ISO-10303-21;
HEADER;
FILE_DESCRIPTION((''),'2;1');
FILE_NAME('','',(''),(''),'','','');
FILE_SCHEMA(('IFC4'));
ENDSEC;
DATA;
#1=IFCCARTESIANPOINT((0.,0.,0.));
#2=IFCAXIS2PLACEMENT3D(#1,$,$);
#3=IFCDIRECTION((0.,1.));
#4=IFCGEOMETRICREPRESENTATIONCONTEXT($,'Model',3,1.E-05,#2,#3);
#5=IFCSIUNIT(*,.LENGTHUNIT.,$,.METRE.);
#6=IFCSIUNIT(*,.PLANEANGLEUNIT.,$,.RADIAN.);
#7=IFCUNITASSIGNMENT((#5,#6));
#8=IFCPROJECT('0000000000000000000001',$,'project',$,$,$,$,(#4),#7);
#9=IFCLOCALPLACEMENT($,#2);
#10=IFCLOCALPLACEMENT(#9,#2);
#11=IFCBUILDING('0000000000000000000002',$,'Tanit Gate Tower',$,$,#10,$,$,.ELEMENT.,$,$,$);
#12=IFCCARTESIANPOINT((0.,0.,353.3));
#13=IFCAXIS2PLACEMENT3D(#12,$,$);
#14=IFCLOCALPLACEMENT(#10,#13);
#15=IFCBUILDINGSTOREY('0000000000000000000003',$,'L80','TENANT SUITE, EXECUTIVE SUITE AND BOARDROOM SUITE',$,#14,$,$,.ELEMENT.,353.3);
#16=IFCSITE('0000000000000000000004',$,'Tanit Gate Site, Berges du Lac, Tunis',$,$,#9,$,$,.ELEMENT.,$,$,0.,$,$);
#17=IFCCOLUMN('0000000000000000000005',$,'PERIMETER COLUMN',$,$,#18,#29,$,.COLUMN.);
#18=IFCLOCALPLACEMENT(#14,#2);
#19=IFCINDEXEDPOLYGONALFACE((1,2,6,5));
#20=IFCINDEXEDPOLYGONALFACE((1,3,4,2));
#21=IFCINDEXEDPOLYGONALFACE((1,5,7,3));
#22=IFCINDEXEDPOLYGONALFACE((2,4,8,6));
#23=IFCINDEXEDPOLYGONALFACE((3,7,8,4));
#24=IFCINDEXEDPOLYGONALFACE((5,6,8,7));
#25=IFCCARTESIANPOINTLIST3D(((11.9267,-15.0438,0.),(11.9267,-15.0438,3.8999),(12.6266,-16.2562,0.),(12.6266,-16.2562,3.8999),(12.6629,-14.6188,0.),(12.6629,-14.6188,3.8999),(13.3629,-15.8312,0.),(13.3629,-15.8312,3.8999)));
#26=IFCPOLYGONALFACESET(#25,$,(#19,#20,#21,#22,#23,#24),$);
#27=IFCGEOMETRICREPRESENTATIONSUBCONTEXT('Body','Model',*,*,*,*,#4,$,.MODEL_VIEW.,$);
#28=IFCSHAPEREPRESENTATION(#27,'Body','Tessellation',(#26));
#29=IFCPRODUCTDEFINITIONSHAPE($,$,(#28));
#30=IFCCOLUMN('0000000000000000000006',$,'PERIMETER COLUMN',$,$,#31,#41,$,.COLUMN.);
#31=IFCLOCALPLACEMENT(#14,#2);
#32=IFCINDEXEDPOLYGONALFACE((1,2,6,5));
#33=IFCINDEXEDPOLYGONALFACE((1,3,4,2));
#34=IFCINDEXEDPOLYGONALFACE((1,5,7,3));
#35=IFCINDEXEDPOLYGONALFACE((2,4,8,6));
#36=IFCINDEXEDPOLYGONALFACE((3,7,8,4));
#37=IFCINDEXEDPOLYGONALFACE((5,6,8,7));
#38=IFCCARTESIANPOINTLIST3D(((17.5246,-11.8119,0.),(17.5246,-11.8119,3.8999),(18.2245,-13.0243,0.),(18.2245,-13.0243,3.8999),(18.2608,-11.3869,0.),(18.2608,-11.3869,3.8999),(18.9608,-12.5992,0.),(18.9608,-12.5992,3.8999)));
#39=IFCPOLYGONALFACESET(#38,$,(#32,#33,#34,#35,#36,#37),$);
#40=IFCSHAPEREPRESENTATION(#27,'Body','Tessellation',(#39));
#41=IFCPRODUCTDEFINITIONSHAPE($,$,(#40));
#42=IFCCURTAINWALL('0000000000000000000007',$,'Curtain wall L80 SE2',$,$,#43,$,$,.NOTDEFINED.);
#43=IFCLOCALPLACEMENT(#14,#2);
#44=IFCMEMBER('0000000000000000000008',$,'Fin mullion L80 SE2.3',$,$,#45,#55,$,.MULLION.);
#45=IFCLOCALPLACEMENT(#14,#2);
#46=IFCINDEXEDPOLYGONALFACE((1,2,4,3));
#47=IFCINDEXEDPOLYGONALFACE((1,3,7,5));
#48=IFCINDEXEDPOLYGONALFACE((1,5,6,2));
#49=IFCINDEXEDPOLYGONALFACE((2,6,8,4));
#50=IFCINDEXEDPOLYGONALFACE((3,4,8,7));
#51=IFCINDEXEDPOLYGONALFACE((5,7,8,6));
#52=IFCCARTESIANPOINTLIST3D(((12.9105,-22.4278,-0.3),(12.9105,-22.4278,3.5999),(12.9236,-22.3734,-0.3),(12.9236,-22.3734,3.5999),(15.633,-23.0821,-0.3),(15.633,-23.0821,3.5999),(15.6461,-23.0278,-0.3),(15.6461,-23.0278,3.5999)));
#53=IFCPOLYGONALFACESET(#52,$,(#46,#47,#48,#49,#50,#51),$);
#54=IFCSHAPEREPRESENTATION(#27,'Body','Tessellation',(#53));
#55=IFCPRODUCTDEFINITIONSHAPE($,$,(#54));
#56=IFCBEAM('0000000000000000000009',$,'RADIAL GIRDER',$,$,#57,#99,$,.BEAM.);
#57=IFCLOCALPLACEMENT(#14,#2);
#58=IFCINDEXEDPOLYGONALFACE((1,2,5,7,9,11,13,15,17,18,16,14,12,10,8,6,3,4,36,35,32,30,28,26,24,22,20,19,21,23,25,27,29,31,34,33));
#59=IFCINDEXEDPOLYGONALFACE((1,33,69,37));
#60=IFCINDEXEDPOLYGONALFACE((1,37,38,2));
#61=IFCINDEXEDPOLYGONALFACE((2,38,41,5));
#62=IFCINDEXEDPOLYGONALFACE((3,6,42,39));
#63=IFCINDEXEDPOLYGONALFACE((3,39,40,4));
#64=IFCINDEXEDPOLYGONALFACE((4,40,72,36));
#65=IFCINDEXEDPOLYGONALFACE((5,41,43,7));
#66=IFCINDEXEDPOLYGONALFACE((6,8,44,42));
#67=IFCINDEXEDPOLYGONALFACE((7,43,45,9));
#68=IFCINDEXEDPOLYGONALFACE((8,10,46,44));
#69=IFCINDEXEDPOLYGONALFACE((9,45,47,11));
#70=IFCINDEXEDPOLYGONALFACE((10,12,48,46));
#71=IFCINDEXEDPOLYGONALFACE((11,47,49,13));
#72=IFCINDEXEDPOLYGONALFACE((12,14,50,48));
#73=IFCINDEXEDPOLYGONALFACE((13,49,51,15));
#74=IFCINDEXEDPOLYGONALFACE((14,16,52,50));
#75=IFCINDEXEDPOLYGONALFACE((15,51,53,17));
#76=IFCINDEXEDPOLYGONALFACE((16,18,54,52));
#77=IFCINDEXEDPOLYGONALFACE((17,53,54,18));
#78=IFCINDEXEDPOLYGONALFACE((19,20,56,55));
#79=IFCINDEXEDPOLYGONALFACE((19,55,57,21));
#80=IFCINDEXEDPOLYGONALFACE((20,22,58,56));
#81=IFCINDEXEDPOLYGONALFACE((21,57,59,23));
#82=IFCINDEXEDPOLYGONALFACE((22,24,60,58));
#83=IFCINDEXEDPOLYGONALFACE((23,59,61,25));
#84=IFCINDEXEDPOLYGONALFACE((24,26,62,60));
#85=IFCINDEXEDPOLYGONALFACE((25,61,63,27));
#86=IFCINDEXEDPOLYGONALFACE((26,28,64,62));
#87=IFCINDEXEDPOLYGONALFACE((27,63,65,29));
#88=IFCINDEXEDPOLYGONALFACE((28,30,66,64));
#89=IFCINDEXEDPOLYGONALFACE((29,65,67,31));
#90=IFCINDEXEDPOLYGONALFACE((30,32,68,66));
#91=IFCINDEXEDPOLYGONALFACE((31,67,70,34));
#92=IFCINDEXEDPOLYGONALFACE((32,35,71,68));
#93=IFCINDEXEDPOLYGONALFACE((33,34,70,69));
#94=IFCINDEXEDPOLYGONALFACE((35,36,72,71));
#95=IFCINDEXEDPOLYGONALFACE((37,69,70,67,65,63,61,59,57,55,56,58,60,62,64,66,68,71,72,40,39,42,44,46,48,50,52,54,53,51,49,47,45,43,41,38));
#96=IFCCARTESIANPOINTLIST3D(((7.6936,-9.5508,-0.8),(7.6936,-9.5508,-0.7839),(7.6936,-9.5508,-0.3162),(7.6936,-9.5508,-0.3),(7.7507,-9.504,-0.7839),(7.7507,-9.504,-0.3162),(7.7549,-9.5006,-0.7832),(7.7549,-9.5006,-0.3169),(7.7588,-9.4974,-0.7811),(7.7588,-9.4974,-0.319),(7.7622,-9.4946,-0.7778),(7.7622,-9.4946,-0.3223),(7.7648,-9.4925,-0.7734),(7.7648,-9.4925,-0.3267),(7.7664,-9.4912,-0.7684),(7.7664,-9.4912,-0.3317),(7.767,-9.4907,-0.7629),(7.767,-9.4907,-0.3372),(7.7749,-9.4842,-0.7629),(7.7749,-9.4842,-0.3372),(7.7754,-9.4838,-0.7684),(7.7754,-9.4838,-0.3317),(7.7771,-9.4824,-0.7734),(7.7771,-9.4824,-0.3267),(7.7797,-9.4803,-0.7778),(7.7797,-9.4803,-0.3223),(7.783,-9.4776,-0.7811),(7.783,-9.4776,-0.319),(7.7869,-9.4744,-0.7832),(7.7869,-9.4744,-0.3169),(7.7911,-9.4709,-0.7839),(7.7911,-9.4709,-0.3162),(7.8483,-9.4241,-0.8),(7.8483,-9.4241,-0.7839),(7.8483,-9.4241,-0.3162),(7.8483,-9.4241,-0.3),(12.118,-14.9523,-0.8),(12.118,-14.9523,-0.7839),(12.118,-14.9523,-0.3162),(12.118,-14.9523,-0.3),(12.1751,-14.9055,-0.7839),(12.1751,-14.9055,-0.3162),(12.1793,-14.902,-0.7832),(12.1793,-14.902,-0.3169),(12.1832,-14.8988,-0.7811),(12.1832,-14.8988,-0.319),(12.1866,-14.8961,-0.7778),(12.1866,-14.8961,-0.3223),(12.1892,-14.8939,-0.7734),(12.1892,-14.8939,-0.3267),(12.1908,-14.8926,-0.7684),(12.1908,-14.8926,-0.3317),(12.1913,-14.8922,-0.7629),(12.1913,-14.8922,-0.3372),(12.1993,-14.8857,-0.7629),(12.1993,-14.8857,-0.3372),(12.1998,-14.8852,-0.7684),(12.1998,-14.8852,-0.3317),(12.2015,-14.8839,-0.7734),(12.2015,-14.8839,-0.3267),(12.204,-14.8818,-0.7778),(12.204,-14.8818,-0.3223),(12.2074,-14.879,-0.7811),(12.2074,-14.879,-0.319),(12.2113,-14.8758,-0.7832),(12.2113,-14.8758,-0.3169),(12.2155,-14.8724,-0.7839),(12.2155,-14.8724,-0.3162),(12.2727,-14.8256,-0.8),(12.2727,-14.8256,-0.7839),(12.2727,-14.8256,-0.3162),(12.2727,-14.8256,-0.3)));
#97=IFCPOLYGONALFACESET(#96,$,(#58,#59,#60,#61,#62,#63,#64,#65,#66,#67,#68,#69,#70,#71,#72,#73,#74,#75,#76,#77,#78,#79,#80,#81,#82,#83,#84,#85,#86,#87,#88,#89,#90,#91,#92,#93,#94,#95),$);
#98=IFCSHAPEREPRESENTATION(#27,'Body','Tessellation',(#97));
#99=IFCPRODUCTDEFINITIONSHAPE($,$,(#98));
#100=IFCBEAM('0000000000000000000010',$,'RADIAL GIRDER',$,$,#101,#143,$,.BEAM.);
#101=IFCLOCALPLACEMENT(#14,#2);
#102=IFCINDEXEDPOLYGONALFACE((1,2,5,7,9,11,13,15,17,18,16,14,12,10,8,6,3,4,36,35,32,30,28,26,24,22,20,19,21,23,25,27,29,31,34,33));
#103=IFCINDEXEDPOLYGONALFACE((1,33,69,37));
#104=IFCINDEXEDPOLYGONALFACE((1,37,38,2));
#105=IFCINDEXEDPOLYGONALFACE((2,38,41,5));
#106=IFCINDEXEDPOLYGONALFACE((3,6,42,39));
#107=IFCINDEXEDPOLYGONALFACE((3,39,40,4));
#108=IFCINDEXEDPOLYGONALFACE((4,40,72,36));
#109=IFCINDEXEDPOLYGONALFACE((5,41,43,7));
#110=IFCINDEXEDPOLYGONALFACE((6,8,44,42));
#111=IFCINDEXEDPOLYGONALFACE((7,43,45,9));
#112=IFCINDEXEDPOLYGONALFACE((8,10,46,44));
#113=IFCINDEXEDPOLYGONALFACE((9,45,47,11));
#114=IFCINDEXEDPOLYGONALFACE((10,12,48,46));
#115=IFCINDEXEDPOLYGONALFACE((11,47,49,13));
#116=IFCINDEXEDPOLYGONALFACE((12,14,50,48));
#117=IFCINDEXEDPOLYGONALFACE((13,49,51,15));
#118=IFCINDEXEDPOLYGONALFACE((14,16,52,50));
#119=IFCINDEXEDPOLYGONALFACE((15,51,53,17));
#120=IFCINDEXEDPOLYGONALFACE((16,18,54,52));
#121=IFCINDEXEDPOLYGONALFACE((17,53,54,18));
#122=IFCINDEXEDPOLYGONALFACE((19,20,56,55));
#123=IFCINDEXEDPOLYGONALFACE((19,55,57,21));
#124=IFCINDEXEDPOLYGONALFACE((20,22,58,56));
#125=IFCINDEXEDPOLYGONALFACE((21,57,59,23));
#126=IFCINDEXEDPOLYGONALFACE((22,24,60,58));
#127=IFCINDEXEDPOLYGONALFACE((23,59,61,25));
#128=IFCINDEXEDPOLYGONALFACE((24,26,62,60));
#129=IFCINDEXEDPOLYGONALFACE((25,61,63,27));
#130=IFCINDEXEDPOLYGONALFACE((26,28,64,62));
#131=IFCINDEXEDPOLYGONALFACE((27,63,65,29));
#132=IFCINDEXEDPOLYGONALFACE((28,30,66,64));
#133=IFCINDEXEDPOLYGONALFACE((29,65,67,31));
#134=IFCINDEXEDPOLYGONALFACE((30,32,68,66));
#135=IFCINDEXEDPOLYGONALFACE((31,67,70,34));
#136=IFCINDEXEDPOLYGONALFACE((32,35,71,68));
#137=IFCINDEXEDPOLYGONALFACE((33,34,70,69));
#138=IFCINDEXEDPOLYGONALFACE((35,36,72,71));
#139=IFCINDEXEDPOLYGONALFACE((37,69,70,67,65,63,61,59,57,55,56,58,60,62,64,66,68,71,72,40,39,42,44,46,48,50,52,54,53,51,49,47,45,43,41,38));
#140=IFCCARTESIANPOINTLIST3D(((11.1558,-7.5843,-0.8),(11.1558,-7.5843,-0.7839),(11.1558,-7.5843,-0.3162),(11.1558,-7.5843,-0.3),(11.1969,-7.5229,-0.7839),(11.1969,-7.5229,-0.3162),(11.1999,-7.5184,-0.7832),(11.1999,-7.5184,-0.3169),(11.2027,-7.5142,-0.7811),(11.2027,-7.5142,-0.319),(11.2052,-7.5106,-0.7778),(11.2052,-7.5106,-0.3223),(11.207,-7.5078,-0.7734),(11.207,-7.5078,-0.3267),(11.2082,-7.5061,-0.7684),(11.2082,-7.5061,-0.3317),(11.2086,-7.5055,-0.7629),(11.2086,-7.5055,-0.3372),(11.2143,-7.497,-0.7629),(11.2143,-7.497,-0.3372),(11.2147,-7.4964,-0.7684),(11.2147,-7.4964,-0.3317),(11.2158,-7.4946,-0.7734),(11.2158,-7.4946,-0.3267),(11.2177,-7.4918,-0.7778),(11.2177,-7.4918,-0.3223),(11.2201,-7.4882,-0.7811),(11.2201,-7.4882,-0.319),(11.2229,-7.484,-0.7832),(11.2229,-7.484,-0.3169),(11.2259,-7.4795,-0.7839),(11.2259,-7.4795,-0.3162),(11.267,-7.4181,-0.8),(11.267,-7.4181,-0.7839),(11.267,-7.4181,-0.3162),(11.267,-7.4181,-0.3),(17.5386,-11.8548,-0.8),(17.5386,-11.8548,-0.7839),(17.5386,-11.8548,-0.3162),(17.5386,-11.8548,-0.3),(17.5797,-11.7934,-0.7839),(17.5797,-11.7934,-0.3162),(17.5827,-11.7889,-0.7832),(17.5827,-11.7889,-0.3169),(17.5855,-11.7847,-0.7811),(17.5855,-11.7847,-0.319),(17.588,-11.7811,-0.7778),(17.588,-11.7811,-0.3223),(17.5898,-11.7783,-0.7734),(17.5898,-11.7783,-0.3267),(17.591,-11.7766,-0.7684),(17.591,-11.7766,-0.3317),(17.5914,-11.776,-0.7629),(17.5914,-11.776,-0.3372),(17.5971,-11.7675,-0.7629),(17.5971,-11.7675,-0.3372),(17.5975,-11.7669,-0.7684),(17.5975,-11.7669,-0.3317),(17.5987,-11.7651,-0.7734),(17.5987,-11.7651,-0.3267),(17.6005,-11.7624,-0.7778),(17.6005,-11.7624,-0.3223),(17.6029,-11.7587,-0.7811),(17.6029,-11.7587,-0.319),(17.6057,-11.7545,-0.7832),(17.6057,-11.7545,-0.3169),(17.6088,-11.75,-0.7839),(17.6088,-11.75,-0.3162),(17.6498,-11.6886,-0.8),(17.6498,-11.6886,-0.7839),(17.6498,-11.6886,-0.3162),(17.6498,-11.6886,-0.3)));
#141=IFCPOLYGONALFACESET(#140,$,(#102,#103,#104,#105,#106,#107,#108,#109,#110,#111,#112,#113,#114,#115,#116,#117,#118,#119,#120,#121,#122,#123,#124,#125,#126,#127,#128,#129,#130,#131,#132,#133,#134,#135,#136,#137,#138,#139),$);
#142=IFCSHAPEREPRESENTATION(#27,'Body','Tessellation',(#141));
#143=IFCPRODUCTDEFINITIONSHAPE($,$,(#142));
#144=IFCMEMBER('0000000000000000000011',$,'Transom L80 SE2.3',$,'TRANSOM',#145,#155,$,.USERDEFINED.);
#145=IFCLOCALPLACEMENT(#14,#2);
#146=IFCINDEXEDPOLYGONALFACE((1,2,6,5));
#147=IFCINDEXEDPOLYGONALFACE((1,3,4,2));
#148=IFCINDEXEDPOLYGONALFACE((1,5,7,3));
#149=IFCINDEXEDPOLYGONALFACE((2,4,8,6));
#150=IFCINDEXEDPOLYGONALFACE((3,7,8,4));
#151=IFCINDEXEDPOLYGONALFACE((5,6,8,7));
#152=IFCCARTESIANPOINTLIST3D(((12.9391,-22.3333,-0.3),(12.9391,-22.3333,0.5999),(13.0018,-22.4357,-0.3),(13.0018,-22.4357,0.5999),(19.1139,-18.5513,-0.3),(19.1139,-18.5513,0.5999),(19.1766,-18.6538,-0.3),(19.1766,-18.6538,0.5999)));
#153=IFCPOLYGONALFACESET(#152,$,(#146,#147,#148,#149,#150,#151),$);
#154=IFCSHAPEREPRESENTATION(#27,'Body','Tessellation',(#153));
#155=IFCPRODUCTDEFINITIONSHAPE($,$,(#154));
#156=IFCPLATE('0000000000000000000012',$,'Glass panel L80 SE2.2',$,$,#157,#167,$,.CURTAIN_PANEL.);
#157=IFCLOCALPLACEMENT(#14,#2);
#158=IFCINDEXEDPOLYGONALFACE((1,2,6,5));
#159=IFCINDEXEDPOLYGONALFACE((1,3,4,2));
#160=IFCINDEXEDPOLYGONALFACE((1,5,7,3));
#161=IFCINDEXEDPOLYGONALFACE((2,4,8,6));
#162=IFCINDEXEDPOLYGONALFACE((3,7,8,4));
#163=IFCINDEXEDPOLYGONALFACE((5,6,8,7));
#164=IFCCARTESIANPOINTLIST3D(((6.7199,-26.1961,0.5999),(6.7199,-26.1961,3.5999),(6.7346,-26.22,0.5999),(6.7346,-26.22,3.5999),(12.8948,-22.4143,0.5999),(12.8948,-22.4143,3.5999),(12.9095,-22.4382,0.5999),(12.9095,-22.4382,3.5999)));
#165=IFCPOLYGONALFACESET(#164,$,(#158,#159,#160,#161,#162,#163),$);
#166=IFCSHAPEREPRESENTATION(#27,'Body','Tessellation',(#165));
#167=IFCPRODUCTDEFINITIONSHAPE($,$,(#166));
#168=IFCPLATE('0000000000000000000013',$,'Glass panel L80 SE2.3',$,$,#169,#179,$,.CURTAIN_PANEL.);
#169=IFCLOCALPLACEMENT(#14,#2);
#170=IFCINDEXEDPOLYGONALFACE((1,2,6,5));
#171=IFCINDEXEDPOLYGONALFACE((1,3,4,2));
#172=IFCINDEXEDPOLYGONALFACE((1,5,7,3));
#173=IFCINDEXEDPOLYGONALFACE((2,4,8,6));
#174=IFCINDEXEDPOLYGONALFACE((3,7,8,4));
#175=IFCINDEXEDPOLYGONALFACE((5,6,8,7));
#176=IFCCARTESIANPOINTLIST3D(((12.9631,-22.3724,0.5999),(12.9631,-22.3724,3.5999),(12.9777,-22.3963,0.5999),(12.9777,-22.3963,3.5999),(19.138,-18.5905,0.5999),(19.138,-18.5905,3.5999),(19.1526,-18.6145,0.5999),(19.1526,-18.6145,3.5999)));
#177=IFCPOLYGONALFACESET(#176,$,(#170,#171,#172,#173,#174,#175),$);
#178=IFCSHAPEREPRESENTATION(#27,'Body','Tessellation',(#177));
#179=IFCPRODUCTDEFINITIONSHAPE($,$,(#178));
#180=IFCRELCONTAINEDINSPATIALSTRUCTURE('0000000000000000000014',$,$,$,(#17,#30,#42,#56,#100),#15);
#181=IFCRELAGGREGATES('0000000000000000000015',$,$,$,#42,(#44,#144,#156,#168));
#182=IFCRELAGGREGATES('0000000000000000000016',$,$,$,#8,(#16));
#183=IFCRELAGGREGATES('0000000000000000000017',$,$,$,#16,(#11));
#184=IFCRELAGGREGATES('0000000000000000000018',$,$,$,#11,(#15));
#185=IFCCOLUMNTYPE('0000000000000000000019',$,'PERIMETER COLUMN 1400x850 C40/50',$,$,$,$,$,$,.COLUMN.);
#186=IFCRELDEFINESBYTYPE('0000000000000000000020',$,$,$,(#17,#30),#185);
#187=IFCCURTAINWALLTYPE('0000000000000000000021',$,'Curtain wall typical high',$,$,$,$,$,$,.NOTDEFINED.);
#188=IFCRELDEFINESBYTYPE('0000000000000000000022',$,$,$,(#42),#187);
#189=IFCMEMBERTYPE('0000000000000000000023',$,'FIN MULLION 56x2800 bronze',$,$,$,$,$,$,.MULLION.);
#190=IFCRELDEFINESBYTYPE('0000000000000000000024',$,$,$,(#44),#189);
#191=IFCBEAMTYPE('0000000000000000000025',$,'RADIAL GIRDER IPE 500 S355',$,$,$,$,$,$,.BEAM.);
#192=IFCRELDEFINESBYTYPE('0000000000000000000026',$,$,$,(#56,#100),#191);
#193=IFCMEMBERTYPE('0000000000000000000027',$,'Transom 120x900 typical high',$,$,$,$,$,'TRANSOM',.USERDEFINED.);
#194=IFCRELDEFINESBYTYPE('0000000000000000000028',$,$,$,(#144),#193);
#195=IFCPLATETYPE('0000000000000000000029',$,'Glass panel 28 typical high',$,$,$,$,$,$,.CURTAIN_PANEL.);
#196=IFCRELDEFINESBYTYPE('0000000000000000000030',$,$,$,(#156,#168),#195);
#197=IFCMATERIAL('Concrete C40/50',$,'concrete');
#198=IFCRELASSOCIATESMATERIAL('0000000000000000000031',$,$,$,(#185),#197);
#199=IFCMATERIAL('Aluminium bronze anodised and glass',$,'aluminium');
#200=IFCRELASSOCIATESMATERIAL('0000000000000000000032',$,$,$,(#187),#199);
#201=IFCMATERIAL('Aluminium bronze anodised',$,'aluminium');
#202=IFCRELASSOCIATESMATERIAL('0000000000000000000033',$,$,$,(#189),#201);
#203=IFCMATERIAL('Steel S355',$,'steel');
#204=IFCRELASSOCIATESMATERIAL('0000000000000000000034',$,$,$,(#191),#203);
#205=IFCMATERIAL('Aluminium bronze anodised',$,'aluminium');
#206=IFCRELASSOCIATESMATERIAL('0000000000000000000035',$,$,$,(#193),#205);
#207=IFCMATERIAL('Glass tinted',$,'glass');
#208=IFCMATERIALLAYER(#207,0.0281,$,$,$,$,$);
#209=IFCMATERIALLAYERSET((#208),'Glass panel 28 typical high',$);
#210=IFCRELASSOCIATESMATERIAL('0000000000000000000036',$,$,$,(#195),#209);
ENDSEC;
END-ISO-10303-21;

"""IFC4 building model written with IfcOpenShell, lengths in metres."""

from ifc_helpers import new_model, si_unit, direction, frame, origin, origin_2d, place, context, subcontext, project, spatial, rectangle, i_section, extrude, material, layer, layer_set, material_profile, profile_set, type_object, element, aggregate, save


model = new_model("IFC4")

# Units and contexts
model_context = context("Model", 3, precision=1e-05, world=origin(), true_north=direction((0.0, 1.0)))
body_context = subcontext(model_context, "Body", "Model", "MODEL_VIEW")
ifc_project = project(units=[si_unit("LENGTHUNIT", "METRE"), si_unit("PLANEANGLEUNIT", "RADIAN")], contexts=[model_context])

# Site, building, storey
site_placement = place(None, origin())
site = spatial("IfcSite", under=ifc_project, at=site_placement, Name="Tanit Gate Site, Berges du Lac, Tunis", CompositionType="ELEMENT", RefElevation=0.0)
building_placement = place(site_placement, origin())
building = spatial("IfcBuilding", under=site, at=building_placement, Name="Tanit Gate Tower", CompositionType="ELEMENT")
storey_placement = place(building_placement, frame((0.0, 0.0, 353.3)))
storey = spatial("IfcBuildingStorey", under=building, at=storey_placement, Name="L80", Description="TENANT SUITE, EXECUTIVE SUITE AND BOARDROOM SUITE", CompositionType="ELEMENT", Elevation=353.3)

# Columns
ifc_material_1 = material(Name="Concrete C40/50", Category="concrete")
ifc_material_profile_1 = material_profile(ifc_material_1, rectangle(XDim=1.3999, YDim=0.8501, at=origin_2d()), Name="RC 1400x850")
ifc_profile_set_1 = profile_set([ifc_material_profile_1], Name="Concrete C40/50")
column_type = type_object("IfcColumnType", Name="PERIMETER COLUMN 1400x850 C40/50", PredefinedType="COLUMN", material=ifc_profile_set_1)
for number, where, z_axis, x_axis, name in (
    (1, (12.6448, -15.4375, 0.0), (0.0, 0.0, 1.0), (0.5, -0.866025, 0.0), "PERIMETER COLUMN"),
    (2, (18.2427, -12.2056, 0.0), (0.0, 0.0, 1.0), (0.5, -0.866025, 0.0), "PERIMETER COLUMN"),
):
    element("IfcColumn", number, at=place(storey_placement, frame(where, z_axis=z_axis, x_axis=x_axis)), inside=storey, type_object=column_type, Name=name, PredefinedType="COLUMN", context=body_context, shape_type="SweptSolid", body=[
        extrude(rectangle(XDim=1.3999, YDim=0.8501, at=origin_2d()), origin(), (0.0, 0.0, 1.0), 3.8999),
    ])

# Curtain wall, member
ifc_material_2 = material(Name="Aluminium bronze anodised and glass", Category="aluminium")
curtain_wall_type = type_object("IfcCurtainWallType", Name="Curtain wall typical high", PredefinedType="NOTDEFINED", material=ifc_material_2)
curtain_wall_placement = place(storey_placement, origin())
curtain_wall = element("IfcCurtainWall", 3, at=curtain_wall_placement, inside=storey, type_object=curtain_wall_type, Name="Curtain wall L80 SE2", PredefinedType="NOTDEFINED")
ifc_material_3 = material(Name="Aluminium bronze anodised", Category="aluminium")
ifc_material_profile_2 = material_profile(ifc_material_3, rectangle(XDim=2.8, YDim=0.0559, at=origin_2d()), Name="56x2800 bronze fin mullion")
ifc_profile_set_2 = profile_set([ifc_material_profile_2], Name="Aluminium bronze anodised")
member_type_1 = type_object("IfcMemberType", Name="FIN MULLION 56x2800 bronze", PredefinedType="MULLION", material=ifc_profile_set_2)
member_1_placement = place(storey_placement, frame((14.2783, -22.7278, -0.3), z_axis=(0.0, 0.0, 1.0), x_axis=(-0.972311, 0.233691, 0.0)))
member_1 = element("IfcMember", 4, at=member_1_placement, type_object=member_type_1, Name="Fin mullion L80 SE2.3", PredefinedType="MULLION", context=body_context, shape_type="SweptSolid", body=[
    extrude(rectangle(XDim=2.8, YDim=0.0559, at=origin_2d()), origin(), (0.0, 0.0, 1.0), 3.8999),
])

# Beams
ifc_material_4 = material(Name="Steel S355", Category="steel")
ifc_material_profile_3 = material_profile(ifc_material_4, i_section(OverallWidth=0.2, OverallDepth=0.5, WebThickness=0.0103, FlangeThickness=0.0161, FilletRadius=0.021, at=origin_2d()), Name="IPE 500")
ifc_profile_set_3 = profile_set([ifc_material_profile_3], Name="Steel S355")
beam_type = type_object("IfcBeamType", Name="RADIAL GIRDER IPE 500 S355", PredefinedType="BEAM", material=ifc_profile_set_3)
beam_1_placement = place(storey_placement, frame((12.1953, -14.8889, -0.55), z_axis=(-0.633668, 0.773605, 0.0), x_axis=(-0.773605, -0.633668, 0.0)))
element("IfcBeam", 5, at=beam_1_placement, inside=storey, type_object=beam_type, Name="RADIAL GIRDER", PredefinedType="BEAM", context=body_context, shape_type="SweptSolid", body=[
    extrude(i_section(OverallWidth=0.2, OverallDepth=0.5, WebThickness=0.0103, FlangeThickness=0.0161, FilletRadius=0.021, at=origin_2d()), origin(), (0.0, 0.0, 1.0), 6.9822),
])
beam_2_placement = place(storey_placement, frame((17.5942, -11.7717, -0.55), z_axis=(-0.83113, 0.556079, 0.0), x_axis=(-0.556079, -0.83113, 0.0)))
element("IfcBeam", 6, at=beam_2_placement, inside=storey, type_object=beam_type, Name="RADIAL GIRDER", PredefinedType="BEAM", context=body_context, shape_type="SweptSolid", body=[
    extrude(i_section(OverallWidth=0.2, OverallDepth=0.5, WebThickness=0.0103, FlangeThickness=0.0161, FilletRadius=0.021, at=origin_2d()), origin(), (0.0, 0.0, 1.0), 7.6797),
])

# Member
ifc_material_5 = material(Name="Aluminium bronze anodised", Category="aluminium")
ifc_material_profile_4 = material_profile(ifc_material_5, rectangle(XDim=0.1201, YDim=0.8999, at=origin_2d()), Name="120x900 bronze transom")
ifc_profile_set_4 = profile_set([ifc_material_profile_4], Name="Aluminium bronze anodised")
member_type_2 = type_object("IfcMemberType", Name="Transom 120x900 typical high", ElementType="TRANSOM", PredefinedType="USERDEFINED", material=ifc_profile_set_4)
member_2_placement = place(storey_placement, frame((12.9705, -22.3845, 0.1499), z_axis=(0.85276, 0.522303, 0.0), x_axis=(-0.522303, 0.85276, 0.0)))
member_2 = element("IfcMember", 7, at=member_2_placement, type_object=member_type_2, Name="Transom L80 SE2.3", ObjectType="TRANSOM", PredefinedType="USERDEFINED", context=body_context, shape_type="SweptSolid", body=[
    extrude(rectangle(XDim=0.1201, YDim=0.8999, at=origin_2d()), origin(), (0.0, 0.0, 1.0), 7.241),
])

# Plates
ifc_material_6 = material(Name="Glass tinted", Category="glass")
ifc_layer_1 = layer(ifc_material_6, 0.0281)
ifc_layer_set_1 = layer_set([ifc_layer_1], Name="Glass panel 28 typical high")
plate_type = type_object("IfcPlateType", Name="Glass panel 28 typical high", PredefinedType="CURTAIN_PANEL", material=ifc_layer_set_1)
plate_1_placement = place(storey_placement, frame((9.8147, -24.3171, 0.5999), z_axis=(0.0, 0.0, 1.0), x_axis=(0.852772, 0.522283, 0.0)))
plate_1 = element("IfcPlate", 8, at=plate_1_placement, type_object=plate_type, Name="Glass panel L80 SE2.2", PredefinedType="CURTAIN_PANEL", context=body_context, shape_type="SweptSolid", body=[
    extrude(rectangle(XDim=7.241, YDim=0.0281, at=origin_2d()), origin(), (0.0, 0.0, 1.0), 3.0),
])
plate_2_placement = place(storey_placement, frame((16.0579, -20.4934, 0.5999), z_axis=(0.0, 0.0, 1.0), x_axis=(0.852772, 0.522283, 0.0)))
plate_2 = element("IfcPlate", 9, at=plate_2_placement, type_object=plate_type, Name="Glass panel L80 SE2.3", PredefinedType="CURTAIN_PANEL", context=body_context, shape_type="SweptSolid", body=[
    extrude(rectangle(XDim=7.241, YDim=0.0281, at=origin_2d()), origin(), (0.0, 0.0, 1.0), 3.0),
])
aggregate(curtain_wall, [member_1, member_2, plate_1, plate_2])

save(model, "model.ifc")
